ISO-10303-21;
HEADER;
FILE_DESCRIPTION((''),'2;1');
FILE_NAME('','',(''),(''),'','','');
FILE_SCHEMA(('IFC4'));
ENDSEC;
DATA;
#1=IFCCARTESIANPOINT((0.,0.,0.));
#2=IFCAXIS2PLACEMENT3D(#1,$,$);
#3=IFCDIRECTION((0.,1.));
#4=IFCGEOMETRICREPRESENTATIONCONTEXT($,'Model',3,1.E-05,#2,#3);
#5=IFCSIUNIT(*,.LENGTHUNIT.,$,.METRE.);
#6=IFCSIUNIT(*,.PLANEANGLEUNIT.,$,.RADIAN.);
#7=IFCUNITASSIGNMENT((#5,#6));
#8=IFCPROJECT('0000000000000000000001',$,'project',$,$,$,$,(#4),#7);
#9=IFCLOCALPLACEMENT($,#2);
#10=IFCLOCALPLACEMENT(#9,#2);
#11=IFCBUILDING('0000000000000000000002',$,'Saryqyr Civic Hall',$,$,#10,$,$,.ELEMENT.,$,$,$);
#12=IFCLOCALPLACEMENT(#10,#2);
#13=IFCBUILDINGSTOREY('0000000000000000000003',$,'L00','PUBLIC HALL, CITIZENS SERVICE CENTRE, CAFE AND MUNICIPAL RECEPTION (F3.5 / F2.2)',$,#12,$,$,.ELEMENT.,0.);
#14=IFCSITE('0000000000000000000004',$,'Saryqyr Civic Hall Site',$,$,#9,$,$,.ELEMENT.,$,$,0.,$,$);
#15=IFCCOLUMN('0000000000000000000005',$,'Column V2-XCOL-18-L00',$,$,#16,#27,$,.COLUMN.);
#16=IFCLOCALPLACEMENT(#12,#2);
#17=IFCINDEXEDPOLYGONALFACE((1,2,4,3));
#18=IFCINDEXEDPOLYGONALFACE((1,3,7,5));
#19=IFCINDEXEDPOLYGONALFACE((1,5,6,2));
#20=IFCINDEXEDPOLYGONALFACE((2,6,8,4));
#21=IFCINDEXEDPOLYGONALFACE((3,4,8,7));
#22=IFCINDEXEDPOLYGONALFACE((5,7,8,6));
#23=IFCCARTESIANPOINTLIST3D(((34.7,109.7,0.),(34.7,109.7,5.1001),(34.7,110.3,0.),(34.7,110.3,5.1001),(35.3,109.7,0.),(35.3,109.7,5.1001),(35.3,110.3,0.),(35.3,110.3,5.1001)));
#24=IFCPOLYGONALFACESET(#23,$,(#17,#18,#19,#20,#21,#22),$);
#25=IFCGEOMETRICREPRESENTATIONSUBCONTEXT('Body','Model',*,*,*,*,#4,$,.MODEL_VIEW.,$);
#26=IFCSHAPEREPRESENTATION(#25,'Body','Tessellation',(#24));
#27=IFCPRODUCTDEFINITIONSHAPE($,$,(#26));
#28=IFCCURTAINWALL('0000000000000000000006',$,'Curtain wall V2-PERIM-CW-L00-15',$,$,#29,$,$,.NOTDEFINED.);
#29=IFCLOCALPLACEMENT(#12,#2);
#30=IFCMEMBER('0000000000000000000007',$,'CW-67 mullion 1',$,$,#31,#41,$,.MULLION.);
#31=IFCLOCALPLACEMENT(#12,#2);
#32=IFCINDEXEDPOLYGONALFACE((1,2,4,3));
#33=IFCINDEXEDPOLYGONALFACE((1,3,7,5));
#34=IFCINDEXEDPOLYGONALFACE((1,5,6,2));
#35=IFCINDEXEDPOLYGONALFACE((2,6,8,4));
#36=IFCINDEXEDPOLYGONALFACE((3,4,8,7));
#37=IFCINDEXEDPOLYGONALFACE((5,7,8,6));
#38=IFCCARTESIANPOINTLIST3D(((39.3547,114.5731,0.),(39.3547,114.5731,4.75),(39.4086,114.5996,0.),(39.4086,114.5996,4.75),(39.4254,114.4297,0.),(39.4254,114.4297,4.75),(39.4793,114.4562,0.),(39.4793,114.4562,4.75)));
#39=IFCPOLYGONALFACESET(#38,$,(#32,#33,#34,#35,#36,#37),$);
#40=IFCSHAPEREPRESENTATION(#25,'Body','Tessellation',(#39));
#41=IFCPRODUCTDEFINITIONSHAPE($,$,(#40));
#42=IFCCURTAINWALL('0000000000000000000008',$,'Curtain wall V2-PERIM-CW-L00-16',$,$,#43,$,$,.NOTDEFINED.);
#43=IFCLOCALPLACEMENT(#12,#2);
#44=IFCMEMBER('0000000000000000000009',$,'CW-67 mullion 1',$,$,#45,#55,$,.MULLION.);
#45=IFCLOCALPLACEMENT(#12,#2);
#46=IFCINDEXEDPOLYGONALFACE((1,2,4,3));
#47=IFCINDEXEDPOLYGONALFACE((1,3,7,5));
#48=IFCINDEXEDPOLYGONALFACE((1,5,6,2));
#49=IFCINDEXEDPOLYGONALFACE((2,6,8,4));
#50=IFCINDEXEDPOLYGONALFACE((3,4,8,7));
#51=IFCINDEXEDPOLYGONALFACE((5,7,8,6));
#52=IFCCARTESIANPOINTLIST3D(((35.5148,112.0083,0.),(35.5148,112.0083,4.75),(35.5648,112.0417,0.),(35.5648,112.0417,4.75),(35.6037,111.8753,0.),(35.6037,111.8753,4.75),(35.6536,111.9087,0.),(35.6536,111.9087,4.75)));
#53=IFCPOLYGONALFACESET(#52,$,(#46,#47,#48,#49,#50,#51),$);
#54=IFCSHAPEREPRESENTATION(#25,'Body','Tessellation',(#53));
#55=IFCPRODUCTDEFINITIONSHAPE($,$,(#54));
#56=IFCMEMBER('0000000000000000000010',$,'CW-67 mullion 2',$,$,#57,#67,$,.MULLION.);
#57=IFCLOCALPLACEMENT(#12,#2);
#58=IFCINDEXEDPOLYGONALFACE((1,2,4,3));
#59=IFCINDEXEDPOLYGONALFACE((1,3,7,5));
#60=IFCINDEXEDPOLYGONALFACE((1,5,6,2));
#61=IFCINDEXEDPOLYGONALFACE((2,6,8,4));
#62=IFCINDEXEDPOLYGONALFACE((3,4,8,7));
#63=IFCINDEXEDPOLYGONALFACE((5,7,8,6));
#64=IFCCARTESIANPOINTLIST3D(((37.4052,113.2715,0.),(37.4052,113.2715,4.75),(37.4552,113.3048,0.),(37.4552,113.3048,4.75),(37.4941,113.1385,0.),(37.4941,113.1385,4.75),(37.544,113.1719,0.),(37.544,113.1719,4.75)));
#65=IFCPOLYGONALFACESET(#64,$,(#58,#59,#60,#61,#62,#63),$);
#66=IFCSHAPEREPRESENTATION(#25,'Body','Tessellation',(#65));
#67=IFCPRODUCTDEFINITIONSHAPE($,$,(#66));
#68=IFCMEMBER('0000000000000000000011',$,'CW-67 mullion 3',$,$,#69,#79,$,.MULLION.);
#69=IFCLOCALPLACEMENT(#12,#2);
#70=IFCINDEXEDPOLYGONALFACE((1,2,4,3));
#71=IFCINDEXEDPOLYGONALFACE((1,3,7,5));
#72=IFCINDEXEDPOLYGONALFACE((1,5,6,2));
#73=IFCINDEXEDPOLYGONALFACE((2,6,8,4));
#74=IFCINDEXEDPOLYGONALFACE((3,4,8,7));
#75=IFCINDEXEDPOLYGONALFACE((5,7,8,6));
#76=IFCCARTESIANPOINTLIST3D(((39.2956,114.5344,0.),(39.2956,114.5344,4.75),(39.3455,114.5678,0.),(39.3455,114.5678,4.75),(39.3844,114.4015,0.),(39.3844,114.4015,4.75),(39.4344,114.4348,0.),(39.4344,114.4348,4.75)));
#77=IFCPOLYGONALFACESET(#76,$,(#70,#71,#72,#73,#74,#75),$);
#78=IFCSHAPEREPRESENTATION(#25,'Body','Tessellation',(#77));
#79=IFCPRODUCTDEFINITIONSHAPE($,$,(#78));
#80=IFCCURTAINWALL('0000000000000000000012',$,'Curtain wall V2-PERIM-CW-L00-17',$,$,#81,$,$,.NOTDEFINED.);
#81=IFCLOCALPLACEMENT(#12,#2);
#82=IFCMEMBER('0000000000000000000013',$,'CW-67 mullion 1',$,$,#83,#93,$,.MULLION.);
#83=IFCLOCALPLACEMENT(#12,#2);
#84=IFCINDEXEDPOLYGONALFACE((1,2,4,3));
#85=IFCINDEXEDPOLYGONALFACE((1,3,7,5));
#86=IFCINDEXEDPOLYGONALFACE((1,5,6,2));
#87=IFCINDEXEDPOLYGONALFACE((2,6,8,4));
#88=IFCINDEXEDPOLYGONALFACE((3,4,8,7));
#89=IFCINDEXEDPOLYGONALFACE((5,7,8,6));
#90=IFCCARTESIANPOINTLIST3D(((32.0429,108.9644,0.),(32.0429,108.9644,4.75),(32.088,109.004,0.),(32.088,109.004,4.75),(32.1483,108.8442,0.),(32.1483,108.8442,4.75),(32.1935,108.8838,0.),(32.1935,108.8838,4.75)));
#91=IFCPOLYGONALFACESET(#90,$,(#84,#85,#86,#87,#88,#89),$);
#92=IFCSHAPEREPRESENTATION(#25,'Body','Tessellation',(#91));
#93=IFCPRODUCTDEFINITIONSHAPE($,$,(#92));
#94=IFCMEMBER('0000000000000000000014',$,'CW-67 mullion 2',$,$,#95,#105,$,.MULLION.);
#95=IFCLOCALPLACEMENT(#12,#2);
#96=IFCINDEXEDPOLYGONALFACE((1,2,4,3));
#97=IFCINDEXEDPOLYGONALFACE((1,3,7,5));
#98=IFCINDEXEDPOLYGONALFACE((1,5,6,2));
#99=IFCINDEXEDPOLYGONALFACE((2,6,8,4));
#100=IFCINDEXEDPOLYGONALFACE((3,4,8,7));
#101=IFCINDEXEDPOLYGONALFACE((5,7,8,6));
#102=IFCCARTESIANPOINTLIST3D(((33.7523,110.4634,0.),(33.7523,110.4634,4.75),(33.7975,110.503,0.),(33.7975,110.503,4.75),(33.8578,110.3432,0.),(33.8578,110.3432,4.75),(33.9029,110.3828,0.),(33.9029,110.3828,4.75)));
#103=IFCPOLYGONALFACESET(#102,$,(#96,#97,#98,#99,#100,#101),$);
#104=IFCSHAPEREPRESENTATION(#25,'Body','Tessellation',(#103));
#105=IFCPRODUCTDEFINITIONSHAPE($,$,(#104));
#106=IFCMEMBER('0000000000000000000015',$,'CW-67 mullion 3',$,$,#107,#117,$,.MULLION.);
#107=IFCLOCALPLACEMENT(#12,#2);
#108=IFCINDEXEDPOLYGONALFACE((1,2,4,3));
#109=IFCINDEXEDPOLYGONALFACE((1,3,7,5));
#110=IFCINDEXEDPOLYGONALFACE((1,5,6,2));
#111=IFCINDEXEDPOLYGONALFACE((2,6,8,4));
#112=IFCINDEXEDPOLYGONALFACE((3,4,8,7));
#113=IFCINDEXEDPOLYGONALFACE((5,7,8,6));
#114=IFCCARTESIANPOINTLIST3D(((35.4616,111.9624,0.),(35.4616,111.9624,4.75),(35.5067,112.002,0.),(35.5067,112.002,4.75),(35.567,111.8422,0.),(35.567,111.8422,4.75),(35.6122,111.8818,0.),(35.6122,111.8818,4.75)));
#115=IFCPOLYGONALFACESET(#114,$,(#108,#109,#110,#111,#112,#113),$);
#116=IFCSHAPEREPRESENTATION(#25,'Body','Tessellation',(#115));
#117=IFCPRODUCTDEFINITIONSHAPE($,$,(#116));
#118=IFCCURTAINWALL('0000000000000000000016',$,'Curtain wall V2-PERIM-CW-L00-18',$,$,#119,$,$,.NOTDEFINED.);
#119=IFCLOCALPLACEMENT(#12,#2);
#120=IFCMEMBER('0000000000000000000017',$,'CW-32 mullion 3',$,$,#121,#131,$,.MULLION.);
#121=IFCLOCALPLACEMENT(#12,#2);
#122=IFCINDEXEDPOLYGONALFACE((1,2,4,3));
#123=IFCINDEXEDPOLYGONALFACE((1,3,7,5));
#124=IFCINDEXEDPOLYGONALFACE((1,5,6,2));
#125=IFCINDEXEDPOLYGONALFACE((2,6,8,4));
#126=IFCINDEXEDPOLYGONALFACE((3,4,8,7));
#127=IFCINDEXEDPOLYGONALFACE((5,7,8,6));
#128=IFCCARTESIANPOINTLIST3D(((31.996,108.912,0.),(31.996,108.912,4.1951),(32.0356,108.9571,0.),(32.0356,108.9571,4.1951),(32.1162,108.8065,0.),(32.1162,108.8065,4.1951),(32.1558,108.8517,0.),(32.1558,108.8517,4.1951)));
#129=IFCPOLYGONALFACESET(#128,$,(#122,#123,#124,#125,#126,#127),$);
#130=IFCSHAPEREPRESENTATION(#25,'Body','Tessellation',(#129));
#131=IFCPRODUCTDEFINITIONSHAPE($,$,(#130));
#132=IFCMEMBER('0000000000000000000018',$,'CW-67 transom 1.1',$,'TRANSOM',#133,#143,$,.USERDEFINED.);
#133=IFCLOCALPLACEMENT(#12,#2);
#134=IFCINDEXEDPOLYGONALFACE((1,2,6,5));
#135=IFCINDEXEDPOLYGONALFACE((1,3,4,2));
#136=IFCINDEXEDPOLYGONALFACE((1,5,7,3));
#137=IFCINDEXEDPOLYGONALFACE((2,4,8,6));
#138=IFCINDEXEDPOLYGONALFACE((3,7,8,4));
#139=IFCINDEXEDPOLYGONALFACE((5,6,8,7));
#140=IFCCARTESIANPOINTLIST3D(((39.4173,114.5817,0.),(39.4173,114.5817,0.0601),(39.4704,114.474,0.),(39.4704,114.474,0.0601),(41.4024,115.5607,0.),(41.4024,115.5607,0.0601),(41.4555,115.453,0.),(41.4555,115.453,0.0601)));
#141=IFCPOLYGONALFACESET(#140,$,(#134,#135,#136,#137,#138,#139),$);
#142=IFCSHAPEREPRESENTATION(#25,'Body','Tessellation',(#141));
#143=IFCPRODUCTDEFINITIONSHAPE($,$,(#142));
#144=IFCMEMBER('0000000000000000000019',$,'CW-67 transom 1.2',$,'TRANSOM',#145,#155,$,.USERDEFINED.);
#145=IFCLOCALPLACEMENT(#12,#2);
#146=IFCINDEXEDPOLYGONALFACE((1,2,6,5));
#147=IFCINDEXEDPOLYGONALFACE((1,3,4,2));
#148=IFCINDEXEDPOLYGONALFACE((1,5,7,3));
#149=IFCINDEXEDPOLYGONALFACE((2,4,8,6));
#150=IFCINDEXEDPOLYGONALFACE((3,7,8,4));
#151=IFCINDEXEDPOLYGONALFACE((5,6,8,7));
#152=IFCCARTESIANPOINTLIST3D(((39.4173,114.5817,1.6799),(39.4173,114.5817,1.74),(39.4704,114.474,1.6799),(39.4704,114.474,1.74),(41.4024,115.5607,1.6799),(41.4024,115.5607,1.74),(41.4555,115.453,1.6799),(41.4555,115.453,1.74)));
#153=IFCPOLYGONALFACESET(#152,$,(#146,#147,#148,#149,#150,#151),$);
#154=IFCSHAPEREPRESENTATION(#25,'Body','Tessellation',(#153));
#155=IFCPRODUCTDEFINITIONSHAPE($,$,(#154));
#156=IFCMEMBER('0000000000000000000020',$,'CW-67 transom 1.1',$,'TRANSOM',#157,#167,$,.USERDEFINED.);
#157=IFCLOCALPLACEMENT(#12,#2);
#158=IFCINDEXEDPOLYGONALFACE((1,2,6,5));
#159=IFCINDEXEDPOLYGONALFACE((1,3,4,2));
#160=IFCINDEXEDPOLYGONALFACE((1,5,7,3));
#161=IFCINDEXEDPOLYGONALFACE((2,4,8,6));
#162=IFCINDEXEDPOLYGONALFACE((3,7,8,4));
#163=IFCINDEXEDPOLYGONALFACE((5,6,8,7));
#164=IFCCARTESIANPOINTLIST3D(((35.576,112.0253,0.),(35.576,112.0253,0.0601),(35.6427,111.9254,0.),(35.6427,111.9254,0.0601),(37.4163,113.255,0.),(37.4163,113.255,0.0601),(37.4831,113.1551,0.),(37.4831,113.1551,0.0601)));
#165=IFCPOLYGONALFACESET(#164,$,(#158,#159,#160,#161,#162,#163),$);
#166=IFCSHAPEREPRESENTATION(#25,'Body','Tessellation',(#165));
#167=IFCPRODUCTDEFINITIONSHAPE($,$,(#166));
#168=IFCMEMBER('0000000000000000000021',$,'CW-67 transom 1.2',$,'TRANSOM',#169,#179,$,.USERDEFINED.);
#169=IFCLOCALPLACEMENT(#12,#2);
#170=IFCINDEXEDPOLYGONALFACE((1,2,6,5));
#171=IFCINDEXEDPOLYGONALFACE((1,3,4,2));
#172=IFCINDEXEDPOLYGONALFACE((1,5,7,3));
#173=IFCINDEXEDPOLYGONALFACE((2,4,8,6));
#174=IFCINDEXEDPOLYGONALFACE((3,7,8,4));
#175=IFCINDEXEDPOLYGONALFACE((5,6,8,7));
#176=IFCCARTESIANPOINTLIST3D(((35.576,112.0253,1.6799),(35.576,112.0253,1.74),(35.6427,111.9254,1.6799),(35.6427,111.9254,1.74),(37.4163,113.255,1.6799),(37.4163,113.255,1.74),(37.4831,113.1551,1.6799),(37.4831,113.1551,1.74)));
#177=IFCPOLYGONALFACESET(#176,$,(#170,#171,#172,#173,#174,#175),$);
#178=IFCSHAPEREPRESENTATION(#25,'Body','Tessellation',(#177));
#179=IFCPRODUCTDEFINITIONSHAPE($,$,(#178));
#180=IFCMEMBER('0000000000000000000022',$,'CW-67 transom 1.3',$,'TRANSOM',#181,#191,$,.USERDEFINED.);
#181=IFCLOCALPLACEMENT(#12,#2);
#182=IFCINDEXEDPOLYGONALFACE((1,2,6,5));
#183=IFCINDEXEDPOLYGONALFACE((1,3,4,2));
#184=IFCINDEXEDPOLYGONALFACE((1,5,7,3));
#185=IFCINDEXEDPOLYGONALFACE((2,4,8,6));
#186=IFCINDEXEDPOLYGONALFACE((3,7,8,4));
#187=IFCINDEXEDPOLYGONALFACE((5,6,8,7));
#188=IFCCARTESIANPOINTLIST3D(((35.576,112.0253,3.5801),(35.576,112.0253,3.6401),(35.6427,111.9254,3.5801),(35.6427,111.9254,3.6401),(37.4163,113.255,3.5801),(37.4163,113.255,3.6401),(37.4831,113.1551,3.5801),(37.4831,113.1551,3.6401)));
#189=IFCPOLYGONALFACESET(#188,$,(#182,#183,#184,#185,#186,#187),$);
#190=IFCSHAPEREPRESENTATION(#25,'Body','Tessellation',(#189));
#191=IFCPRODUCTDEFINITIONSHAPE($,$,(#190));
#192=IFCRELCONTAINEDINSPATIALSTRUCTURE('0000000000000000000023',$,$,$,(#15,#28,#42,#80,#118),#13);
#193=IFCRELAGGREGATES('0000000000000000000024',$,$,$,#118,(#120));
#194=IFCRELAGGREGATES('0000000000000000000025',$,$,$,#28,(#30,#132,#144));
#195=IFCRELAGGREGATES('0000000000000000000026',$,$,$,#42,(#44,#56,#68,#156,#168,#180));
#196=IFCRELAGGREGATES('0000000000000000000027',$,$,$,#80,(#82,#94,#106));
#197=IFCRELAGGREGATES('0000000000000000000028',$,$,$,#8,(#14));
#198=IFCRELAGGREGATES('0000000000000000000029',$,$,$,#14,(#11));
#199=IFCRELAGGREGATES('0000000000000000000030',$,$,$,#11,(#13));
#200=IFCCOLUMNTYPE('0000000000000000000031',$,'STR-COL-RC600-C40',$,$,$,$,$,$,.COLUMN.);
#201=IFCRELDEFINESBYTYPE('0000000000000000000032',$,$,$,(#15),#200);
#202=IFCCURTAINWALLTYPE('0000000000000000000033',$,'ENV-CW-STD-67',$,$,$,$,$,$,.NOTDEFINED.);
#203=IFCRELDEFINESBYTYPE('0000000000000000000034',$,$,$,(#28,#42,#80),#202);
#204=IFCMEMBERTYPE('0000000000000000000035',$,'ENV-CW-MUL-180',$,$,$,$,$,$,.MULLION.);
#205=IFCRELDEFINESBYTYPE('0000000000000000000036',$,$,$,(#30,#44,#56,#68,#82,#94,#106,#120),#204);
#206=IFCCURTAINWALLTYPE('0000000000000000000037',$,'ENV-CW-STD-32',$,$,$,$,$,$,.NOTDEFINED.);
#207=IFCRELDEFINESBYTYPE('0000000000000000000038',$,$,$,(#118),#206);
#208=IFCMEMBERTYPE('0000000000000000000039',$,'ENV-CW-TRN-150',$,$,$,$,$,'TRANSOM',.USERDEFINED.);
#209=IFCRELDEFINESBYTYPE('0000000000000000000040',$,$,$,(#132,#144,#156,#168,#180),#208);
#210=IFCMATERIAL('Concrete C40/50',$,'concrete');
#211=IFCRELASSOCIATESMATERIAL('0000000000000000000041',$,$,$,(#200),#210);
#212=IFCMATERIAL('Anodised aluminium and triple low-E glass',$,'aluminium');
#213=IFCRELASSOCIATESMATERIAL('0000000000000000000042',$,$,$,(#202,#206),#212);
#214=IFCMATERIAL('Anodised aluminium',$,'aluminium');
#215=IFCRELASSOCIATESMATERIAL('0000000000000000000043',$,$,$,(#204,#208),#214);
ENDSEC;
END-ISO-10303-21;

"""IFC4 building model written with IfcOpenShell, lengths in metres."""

from ifc_helpers import new_model, si_unit, direction, frame, origin, origin_2d, place, context, subcontext, project, spatial, rectangle, extrude, material, material_profile, profile_set, type_object, element, aggregate, save


model = new_model("IFC4")

# Units and contexts
model_context = context("Model", 3, precision=1e-05, world=origin(), true_north=direction((0.0, 1.0)))
body_context = subcontext(model_context, "Body", "Model", "MODEL_VIEW")
ifc_project = project(units=[si_unit("LENGTHUNIT", "METRE"), si_unit("PLANEANGLEUNIT", "RADIAN")], contexts=[model_context])

# Site, building, storey
site_placement = place(None, origin())
site = spatial("IfcSite", under=ifc_project, at=site_placement, Name="Saryqyr Civic Hall Site", CompositionType="ELEMENT", RefElevation=0.0)
building_placement = place(site_placement, origin())
building = spatial("IfcBuilding", under=site, at=building_placement, Name="Saryqyr Civic Hall", CompositionType="ELEMENT")
storey_placement = place(building_placement, origin())
storey = spatial("IfcBuildingStorey", under=building, at=storey_placement, Name="L00", Description="PUBLIC HALL, CITIZENS SERVICE CENTRE, CAFE AND MUNICIPAL RECEPTION (F3.5 / F2.2)", CompositionType="ELEMENT", Elevation=0.0)

# Column
ifc_material_1 = material(Name="Concrete C40/50", Category="concrete")
ifc_material_profile_1 = material_profile(ifc_material_1, rectangle(XDim=0.6001, YDim=0.6001, at=origin_2d()), Name="RC 600x600")
ifc_profile_set_1 = profile_set([ifc_material_profile_1], Name="Concrete C40/50")
column_type = type_object("IfcColumnType", Name="STR-COL-RC600-C40", PredefinedType="COLUMN", material=ifc_profile_set_1)
column_placement = place(storey_placement, frame((35.0, 110.0, 0.0), z_axis=(0.0, 0.0, 1.0), x_axis=(1.0, 0.0, 0.0)))
element("IfcColumn", 1, at=column_placement, inside=storey, type_object=column_type, Name="Column V2-XCOL-18-L00", PredefinedType="COLUMN", context=body_context, shape_type="SweptSolid", body=[
    extrude(rectangle(XDim=0.6001, YDim=0.6001, at=origin_2d()), origin(), (0.0, 0.0, 1.0), 5.1001),
])

# Curtain wall, member
ifc_material_2 = material(Name="Anodised aluminium and triple low-E glass", Category="aluminium")
curtain_wall_type_1 = type_object("IfcCurtainWallType", Name="ENV-CW-STD-67", PredefinedType="NOTDEFINED", material=ifc_material_2)
curtain_wall_1_placement = place(storey_placement, origin())
curtain_wall_1 = element("IfcCurtainWall", 2, at=curtain_wall_1_placement, inside=storey, type_object=curtain_wall_type_1, Name="Curtain wall V2-PERIM-CW-L00-15", PredefinedType="NOTDEFINED")
ifc_material_3 = material(Name="Anodised aluminium", Category="aluminium")
ifc_material_profile_2 = material_profile(ifc_material_3, rectangle(XDim=0.0601, YDim=0.1599, at=origin_2d()), Name="ALU MULLION 60x160")
ifc_profile_set_2 = profile_set([ifc_material_profile_2], Name="Anodised aluminium")
member_type_1 = type_object("IfcMemberType", Name="ENV-CW-MUL-180", PredefinedType="MULLION", material=ifc_profile_set_2)
member_1_placement = place(storey_placement, frame((39.417, 114.5146, 0.0), z_axis=(0.0, 0.0, 1.0), x_axis=(0.896875, 0.442284, 0.0)))
member_1 = element("IfcMember", 3, at=member_1_placement, type_object=member_type_1, Name="CW-67 mullion 1", PredefinedType="MULLION", context=body_context, shape_type="SweptSolid", body=[
    extrude(rectangle(XDim=0.0601, YDim=0.1599, at=origin_2d()), origin(), (0.0, 0.0, 1.0), 4.75),
])

# Curtain walls, members
curtain_wall_2_placement = place(storey_placement, origin())
curtain_wall_2 = element("IfcCurtainWall", 4, at=curtain_wall_2_placement, inside=storey, type_object=curtain_wall_type_1, Name="Curtain wall V2-PERIM-CW-L00-16", PredefinedType="NOTDEFINED")
member_2_placement = place(storey_placement, frame((35.5842, 111.9585, 0.0), z_axis=(0.0, 0.0, 1.0), x_axis=(0.831472, 0.555566, 0.0)))
member_2 = element("IfcMember", 5, at=member_2_placement, type_object=member_type_1, Name="CW-67 mullion 1", PredefinedType="MULLION", context=body_context, shape_type="SweptSolid", body=[
    extrude(rectangle(XDim=0.0601, YDim=0.1599, at=origin_2d()), origin(), (0.0, 0.0, 1.0), 4.75),
])
member_3_placement = place(storey_placement, frame((37.4746, 113.2217, 0.0), z_axis=(0.0, 0.0, 1.0), x_axis=(0.831472, 0.555566, 0.0)))
member_3 = element("IfcMember", 6, at=member_3_placement, type_object=member_type_1, Name="CW-67 mullion 2", PredefinedType="MULLION", context=body_context, shape_type="SweptSolid", body=[
    extrude(rectangle(XDim=0.0601, YDim=0.1599, at=origin_2d()), origin(), (0.0, 0.0, 1.0), 4.75),
])
member_4_placement = place(storey_placement, frame((39.365, 114.4846, 0.0), z_axis=(0.0, 0.0, 1.0), x_axis=(0.831472, 0.555566, 0.0)))
member_4 = element("IfcMember", 7, at=member_4_placement, type_object=member_type_1, Name="CW-67 mullion 3", PredefinedType="MULLION", context=body_context, shape_type="SweptSolid", body=[
    extrude(rectangle(XDim=0.0601, YDim=0.1599, at=origin_2d()), origin(), (0.0, 0.0, 1.0), 4.75),
])
curtain_wall_3_placement = place(storey_placement, origin())
curtain_wall_3 = element("IfcCurtainWall", 8, at=curtain_wall_3_placement, inside=storey, type_object=curtain_wall_type_1, Name="Curtain wall V2-PERIM-CW-L00-17", PredefinedType="NOTDEFINED")
member_5_placement = place(storey_placement, frame((32.1182, 108.9241, 0.0), z_axis=(0.0, 0.0, 1.0), x_axis=(0.751838, 0.659348, 0.0)))
member_5 = element("IfcMember", 9, at=member_5_placement, type_object=member_type_1, Name="CW-67 mullion 1", PredefinedType="MULLION", context=body_context, shape_type="SweptSolid", body=[
    extrude(rectangle(XDim=0.0601, YDim=0.1599, at=origin_2d()), origin(), (0.0, 0.0, 1.0), 4.75),
])
member_6_placement = place(storey_placement, frame((33.8276, 110.4231, 0.0), z_axis=(0.0, 0.0, 1.0), x_axis=(0.751838, 0.659348, 0.0)))
member_6 = element("IfcMember", 10, at=member_6_placement, type_object=member_type_1, Name="CW-67 mullion 2", PredefinedType="MULLION", context=body_context, shape_type="SweptSolid", body=[
    extrude(rectangle(XDim=0.0601, YDim=0.1599, at=origin_2d()), origin(), (0.0, 0.0, 1.0), 4.75),
])
member_7_placement = place(storey_placement, frame((35.5369, 111.9221, 0.0), z_axis=(0.0, 0.0, 1.0), x_axis=(0.751838, 0.659348, 0.0)))
member_7 = element("IfcMember", 11, at=member_7_placement, type_object=member_type_1, Name="CW-67 mullion 3", PredefinedType="MULLION", context=body_context, shape_type="SweptSolid", body=[
    extrude(rectangle(XDim=0.0601, YDim=0.1599, at=origin_2d()), origin(), (0.0, 0.0, 1.0), 4.75),
])

# Curtain wall, member
curtain_wall_type_2 = type_object("IfcCurtainWallType", Name="ENV-CW-STD-32", PredefinedType="NOTDEFINED", material=ifc_material_2)
curtain_wall_4_placement = place(storey_placement, origin())
curtain_wall_4 = element("IfcCurtainWall", 12, at=curtain_wall_4_placement, inside=storey, type_object=curtain_wall_type_2, Name="Curtain wall V2-PERIM-CW-L00-18", PredefinedType="NOTDEFINED")
member_8_placement = place(storey_placement, frame((32.0759, 108.8818, 0.0), z_axis=(0.0, 0.0, 1.0), x_axis=(0.659348, 0.751838, 0.0)))
member_8 = element("IfcMember", 13, at=member_8_placement, type_object=member_type_1, Name="CW-32 mullion 3", PredefinedType="MULLION", context=body_context, shape_type="SweptSolid", body=[
    extrude(rectangle(XDim=0.0601, YDim=0.1599, at=origin_2d()), origin(), (0.0, 0.0, 1.0), 4.1951),
])
aggregate(curtain_wall_4, [member_8])

# Members
ifc_material_profile_3 = material_profile(ifc_material_3, rectangle(XDim=0.1201, YDim=0.0601, at=origin_2d()), Name="ALU TRANSOM 120x60")
ifc_profile_set_3 = profile_set([ifc_material_profile_3], Name="Anodised aluminium")
member_type_2 = type_object("IfcMemberType", Name="ENV-CW-TRN-150", ElementType="TRANSOM", PredefinedType="USERDEFINED", material=ifc_profile_set_3)
member_9_placement = place(storey_placement, frame((39.4438, 114.5278, 0.03), z_axis=(0.896862, 0.442309, 0.0), x_axis=(-0.442309, 0.896862, 0.0)))
member_9 = element("IfcMember", 14, at=member_9_placement, type_object=member_type_2, Name="CW-67 transom 1.1", ObjectType="TRANSOM", PredefinedType="USERDEFINED", context=body_context, shape_type="SweptSolid", body=[
    extrude(rectangle(XDim=0.1201, YDim=0.0601, at=origin_2d()), origin(), (0.0, 0.0, 1.0), 2.2134),
])
member_10_placement = place(storey_placement, frame((39.4438, 114.5278, 1.71), z_axis=(0.896862, 0.442309, 0.0), x_axis=(-0.442309, 0.896862, 0.0)))
member_10 = element("IfcMember", 15, at=member_10_placement, type_object=member_type_2, Name="CW-67 transom 1.2", ObjectType="TRANSOM", PredefinedType="USERDEFINED", context=body_context, shape_type="SweptSolid", body=[
    extrude(rectangle(XDim=0.1201, YDim=0.0601, at=origin_2d()), origin(), (0.0, 0.0, 1.0), 2.2134),
])
aggregate(curtain_wall_1, [member_1, member_9, member_10])
member_11_placement = place(storey_placement, frame((35.6094, 111.9753, 0.03), z_axis=(0.831456, 0.555591, 0.0), x_axis=(-0.555591, 0.831456, 0.0)))
member_11 = element("IfcMember", 16, at=member_11_placement, type_object=member_type_2, Name="CW-67 transom 1.1", ObjectType="TRANSOM", PredefinedType="USERDEFINED", context=body_context, shape_type="SweptSolid", body=[
    extrude(rectangle(XDim=0.1201, YDim=0.0601, at=origin_2d()), origin(), (0.0, 0.0, 1.0), 2.2134),
])
member_12_placement = place(storey_placement, frame((35.6094, 111.9753, 1.71), z_axis=(0.831456, 0.555591, 0.0), x_axis=(-0.555591, 0.831456, 0.0)))
member_12 = element("IfcMember", 17, at=member_12_placement, type_object=member_type_2, Name="CW-67 transom 1.2", ObjectType="TRANSOM", PredefinedType="USERDEFINED", context=body_context, shape_type="SweptSolid", body=[
    extrude(rectangle(XDim=0.1201, YDim=0.0601, at=origin_2d()), origin(), (0.0, 0.0, 1.0), 2.2134),
])
member_13_placement = place(storey_placement, frame((35.6094, 111.9753, 3.6101), z_axis=(0.831456, 0.555591, 0.0), x_axis=(-0.555591, 0.831456, 0.0)))
member_13 = element("IfcMember", 18, at=member_13_placement, type_object=member_type_2, Name="CW-67 transom 1.3", ObjectType="TRANSOM", PredefinedType="USERDEFINED", context=body_context, shape_type="SweptSolid", body=[
    extrude(rectangle(XDim=0.1201, YDim=0.0601, at=origin_2d()), origin(), (0.0, 0.0, 1.0), 2.2134),
])

aggregate(curtain_wall_2, [member_2, member_3, member_4, member_11, member_12, member_13])
aggregate(curtain_wall_3, [member_5, member_6, member_7])

save(model, "model.ifc")
